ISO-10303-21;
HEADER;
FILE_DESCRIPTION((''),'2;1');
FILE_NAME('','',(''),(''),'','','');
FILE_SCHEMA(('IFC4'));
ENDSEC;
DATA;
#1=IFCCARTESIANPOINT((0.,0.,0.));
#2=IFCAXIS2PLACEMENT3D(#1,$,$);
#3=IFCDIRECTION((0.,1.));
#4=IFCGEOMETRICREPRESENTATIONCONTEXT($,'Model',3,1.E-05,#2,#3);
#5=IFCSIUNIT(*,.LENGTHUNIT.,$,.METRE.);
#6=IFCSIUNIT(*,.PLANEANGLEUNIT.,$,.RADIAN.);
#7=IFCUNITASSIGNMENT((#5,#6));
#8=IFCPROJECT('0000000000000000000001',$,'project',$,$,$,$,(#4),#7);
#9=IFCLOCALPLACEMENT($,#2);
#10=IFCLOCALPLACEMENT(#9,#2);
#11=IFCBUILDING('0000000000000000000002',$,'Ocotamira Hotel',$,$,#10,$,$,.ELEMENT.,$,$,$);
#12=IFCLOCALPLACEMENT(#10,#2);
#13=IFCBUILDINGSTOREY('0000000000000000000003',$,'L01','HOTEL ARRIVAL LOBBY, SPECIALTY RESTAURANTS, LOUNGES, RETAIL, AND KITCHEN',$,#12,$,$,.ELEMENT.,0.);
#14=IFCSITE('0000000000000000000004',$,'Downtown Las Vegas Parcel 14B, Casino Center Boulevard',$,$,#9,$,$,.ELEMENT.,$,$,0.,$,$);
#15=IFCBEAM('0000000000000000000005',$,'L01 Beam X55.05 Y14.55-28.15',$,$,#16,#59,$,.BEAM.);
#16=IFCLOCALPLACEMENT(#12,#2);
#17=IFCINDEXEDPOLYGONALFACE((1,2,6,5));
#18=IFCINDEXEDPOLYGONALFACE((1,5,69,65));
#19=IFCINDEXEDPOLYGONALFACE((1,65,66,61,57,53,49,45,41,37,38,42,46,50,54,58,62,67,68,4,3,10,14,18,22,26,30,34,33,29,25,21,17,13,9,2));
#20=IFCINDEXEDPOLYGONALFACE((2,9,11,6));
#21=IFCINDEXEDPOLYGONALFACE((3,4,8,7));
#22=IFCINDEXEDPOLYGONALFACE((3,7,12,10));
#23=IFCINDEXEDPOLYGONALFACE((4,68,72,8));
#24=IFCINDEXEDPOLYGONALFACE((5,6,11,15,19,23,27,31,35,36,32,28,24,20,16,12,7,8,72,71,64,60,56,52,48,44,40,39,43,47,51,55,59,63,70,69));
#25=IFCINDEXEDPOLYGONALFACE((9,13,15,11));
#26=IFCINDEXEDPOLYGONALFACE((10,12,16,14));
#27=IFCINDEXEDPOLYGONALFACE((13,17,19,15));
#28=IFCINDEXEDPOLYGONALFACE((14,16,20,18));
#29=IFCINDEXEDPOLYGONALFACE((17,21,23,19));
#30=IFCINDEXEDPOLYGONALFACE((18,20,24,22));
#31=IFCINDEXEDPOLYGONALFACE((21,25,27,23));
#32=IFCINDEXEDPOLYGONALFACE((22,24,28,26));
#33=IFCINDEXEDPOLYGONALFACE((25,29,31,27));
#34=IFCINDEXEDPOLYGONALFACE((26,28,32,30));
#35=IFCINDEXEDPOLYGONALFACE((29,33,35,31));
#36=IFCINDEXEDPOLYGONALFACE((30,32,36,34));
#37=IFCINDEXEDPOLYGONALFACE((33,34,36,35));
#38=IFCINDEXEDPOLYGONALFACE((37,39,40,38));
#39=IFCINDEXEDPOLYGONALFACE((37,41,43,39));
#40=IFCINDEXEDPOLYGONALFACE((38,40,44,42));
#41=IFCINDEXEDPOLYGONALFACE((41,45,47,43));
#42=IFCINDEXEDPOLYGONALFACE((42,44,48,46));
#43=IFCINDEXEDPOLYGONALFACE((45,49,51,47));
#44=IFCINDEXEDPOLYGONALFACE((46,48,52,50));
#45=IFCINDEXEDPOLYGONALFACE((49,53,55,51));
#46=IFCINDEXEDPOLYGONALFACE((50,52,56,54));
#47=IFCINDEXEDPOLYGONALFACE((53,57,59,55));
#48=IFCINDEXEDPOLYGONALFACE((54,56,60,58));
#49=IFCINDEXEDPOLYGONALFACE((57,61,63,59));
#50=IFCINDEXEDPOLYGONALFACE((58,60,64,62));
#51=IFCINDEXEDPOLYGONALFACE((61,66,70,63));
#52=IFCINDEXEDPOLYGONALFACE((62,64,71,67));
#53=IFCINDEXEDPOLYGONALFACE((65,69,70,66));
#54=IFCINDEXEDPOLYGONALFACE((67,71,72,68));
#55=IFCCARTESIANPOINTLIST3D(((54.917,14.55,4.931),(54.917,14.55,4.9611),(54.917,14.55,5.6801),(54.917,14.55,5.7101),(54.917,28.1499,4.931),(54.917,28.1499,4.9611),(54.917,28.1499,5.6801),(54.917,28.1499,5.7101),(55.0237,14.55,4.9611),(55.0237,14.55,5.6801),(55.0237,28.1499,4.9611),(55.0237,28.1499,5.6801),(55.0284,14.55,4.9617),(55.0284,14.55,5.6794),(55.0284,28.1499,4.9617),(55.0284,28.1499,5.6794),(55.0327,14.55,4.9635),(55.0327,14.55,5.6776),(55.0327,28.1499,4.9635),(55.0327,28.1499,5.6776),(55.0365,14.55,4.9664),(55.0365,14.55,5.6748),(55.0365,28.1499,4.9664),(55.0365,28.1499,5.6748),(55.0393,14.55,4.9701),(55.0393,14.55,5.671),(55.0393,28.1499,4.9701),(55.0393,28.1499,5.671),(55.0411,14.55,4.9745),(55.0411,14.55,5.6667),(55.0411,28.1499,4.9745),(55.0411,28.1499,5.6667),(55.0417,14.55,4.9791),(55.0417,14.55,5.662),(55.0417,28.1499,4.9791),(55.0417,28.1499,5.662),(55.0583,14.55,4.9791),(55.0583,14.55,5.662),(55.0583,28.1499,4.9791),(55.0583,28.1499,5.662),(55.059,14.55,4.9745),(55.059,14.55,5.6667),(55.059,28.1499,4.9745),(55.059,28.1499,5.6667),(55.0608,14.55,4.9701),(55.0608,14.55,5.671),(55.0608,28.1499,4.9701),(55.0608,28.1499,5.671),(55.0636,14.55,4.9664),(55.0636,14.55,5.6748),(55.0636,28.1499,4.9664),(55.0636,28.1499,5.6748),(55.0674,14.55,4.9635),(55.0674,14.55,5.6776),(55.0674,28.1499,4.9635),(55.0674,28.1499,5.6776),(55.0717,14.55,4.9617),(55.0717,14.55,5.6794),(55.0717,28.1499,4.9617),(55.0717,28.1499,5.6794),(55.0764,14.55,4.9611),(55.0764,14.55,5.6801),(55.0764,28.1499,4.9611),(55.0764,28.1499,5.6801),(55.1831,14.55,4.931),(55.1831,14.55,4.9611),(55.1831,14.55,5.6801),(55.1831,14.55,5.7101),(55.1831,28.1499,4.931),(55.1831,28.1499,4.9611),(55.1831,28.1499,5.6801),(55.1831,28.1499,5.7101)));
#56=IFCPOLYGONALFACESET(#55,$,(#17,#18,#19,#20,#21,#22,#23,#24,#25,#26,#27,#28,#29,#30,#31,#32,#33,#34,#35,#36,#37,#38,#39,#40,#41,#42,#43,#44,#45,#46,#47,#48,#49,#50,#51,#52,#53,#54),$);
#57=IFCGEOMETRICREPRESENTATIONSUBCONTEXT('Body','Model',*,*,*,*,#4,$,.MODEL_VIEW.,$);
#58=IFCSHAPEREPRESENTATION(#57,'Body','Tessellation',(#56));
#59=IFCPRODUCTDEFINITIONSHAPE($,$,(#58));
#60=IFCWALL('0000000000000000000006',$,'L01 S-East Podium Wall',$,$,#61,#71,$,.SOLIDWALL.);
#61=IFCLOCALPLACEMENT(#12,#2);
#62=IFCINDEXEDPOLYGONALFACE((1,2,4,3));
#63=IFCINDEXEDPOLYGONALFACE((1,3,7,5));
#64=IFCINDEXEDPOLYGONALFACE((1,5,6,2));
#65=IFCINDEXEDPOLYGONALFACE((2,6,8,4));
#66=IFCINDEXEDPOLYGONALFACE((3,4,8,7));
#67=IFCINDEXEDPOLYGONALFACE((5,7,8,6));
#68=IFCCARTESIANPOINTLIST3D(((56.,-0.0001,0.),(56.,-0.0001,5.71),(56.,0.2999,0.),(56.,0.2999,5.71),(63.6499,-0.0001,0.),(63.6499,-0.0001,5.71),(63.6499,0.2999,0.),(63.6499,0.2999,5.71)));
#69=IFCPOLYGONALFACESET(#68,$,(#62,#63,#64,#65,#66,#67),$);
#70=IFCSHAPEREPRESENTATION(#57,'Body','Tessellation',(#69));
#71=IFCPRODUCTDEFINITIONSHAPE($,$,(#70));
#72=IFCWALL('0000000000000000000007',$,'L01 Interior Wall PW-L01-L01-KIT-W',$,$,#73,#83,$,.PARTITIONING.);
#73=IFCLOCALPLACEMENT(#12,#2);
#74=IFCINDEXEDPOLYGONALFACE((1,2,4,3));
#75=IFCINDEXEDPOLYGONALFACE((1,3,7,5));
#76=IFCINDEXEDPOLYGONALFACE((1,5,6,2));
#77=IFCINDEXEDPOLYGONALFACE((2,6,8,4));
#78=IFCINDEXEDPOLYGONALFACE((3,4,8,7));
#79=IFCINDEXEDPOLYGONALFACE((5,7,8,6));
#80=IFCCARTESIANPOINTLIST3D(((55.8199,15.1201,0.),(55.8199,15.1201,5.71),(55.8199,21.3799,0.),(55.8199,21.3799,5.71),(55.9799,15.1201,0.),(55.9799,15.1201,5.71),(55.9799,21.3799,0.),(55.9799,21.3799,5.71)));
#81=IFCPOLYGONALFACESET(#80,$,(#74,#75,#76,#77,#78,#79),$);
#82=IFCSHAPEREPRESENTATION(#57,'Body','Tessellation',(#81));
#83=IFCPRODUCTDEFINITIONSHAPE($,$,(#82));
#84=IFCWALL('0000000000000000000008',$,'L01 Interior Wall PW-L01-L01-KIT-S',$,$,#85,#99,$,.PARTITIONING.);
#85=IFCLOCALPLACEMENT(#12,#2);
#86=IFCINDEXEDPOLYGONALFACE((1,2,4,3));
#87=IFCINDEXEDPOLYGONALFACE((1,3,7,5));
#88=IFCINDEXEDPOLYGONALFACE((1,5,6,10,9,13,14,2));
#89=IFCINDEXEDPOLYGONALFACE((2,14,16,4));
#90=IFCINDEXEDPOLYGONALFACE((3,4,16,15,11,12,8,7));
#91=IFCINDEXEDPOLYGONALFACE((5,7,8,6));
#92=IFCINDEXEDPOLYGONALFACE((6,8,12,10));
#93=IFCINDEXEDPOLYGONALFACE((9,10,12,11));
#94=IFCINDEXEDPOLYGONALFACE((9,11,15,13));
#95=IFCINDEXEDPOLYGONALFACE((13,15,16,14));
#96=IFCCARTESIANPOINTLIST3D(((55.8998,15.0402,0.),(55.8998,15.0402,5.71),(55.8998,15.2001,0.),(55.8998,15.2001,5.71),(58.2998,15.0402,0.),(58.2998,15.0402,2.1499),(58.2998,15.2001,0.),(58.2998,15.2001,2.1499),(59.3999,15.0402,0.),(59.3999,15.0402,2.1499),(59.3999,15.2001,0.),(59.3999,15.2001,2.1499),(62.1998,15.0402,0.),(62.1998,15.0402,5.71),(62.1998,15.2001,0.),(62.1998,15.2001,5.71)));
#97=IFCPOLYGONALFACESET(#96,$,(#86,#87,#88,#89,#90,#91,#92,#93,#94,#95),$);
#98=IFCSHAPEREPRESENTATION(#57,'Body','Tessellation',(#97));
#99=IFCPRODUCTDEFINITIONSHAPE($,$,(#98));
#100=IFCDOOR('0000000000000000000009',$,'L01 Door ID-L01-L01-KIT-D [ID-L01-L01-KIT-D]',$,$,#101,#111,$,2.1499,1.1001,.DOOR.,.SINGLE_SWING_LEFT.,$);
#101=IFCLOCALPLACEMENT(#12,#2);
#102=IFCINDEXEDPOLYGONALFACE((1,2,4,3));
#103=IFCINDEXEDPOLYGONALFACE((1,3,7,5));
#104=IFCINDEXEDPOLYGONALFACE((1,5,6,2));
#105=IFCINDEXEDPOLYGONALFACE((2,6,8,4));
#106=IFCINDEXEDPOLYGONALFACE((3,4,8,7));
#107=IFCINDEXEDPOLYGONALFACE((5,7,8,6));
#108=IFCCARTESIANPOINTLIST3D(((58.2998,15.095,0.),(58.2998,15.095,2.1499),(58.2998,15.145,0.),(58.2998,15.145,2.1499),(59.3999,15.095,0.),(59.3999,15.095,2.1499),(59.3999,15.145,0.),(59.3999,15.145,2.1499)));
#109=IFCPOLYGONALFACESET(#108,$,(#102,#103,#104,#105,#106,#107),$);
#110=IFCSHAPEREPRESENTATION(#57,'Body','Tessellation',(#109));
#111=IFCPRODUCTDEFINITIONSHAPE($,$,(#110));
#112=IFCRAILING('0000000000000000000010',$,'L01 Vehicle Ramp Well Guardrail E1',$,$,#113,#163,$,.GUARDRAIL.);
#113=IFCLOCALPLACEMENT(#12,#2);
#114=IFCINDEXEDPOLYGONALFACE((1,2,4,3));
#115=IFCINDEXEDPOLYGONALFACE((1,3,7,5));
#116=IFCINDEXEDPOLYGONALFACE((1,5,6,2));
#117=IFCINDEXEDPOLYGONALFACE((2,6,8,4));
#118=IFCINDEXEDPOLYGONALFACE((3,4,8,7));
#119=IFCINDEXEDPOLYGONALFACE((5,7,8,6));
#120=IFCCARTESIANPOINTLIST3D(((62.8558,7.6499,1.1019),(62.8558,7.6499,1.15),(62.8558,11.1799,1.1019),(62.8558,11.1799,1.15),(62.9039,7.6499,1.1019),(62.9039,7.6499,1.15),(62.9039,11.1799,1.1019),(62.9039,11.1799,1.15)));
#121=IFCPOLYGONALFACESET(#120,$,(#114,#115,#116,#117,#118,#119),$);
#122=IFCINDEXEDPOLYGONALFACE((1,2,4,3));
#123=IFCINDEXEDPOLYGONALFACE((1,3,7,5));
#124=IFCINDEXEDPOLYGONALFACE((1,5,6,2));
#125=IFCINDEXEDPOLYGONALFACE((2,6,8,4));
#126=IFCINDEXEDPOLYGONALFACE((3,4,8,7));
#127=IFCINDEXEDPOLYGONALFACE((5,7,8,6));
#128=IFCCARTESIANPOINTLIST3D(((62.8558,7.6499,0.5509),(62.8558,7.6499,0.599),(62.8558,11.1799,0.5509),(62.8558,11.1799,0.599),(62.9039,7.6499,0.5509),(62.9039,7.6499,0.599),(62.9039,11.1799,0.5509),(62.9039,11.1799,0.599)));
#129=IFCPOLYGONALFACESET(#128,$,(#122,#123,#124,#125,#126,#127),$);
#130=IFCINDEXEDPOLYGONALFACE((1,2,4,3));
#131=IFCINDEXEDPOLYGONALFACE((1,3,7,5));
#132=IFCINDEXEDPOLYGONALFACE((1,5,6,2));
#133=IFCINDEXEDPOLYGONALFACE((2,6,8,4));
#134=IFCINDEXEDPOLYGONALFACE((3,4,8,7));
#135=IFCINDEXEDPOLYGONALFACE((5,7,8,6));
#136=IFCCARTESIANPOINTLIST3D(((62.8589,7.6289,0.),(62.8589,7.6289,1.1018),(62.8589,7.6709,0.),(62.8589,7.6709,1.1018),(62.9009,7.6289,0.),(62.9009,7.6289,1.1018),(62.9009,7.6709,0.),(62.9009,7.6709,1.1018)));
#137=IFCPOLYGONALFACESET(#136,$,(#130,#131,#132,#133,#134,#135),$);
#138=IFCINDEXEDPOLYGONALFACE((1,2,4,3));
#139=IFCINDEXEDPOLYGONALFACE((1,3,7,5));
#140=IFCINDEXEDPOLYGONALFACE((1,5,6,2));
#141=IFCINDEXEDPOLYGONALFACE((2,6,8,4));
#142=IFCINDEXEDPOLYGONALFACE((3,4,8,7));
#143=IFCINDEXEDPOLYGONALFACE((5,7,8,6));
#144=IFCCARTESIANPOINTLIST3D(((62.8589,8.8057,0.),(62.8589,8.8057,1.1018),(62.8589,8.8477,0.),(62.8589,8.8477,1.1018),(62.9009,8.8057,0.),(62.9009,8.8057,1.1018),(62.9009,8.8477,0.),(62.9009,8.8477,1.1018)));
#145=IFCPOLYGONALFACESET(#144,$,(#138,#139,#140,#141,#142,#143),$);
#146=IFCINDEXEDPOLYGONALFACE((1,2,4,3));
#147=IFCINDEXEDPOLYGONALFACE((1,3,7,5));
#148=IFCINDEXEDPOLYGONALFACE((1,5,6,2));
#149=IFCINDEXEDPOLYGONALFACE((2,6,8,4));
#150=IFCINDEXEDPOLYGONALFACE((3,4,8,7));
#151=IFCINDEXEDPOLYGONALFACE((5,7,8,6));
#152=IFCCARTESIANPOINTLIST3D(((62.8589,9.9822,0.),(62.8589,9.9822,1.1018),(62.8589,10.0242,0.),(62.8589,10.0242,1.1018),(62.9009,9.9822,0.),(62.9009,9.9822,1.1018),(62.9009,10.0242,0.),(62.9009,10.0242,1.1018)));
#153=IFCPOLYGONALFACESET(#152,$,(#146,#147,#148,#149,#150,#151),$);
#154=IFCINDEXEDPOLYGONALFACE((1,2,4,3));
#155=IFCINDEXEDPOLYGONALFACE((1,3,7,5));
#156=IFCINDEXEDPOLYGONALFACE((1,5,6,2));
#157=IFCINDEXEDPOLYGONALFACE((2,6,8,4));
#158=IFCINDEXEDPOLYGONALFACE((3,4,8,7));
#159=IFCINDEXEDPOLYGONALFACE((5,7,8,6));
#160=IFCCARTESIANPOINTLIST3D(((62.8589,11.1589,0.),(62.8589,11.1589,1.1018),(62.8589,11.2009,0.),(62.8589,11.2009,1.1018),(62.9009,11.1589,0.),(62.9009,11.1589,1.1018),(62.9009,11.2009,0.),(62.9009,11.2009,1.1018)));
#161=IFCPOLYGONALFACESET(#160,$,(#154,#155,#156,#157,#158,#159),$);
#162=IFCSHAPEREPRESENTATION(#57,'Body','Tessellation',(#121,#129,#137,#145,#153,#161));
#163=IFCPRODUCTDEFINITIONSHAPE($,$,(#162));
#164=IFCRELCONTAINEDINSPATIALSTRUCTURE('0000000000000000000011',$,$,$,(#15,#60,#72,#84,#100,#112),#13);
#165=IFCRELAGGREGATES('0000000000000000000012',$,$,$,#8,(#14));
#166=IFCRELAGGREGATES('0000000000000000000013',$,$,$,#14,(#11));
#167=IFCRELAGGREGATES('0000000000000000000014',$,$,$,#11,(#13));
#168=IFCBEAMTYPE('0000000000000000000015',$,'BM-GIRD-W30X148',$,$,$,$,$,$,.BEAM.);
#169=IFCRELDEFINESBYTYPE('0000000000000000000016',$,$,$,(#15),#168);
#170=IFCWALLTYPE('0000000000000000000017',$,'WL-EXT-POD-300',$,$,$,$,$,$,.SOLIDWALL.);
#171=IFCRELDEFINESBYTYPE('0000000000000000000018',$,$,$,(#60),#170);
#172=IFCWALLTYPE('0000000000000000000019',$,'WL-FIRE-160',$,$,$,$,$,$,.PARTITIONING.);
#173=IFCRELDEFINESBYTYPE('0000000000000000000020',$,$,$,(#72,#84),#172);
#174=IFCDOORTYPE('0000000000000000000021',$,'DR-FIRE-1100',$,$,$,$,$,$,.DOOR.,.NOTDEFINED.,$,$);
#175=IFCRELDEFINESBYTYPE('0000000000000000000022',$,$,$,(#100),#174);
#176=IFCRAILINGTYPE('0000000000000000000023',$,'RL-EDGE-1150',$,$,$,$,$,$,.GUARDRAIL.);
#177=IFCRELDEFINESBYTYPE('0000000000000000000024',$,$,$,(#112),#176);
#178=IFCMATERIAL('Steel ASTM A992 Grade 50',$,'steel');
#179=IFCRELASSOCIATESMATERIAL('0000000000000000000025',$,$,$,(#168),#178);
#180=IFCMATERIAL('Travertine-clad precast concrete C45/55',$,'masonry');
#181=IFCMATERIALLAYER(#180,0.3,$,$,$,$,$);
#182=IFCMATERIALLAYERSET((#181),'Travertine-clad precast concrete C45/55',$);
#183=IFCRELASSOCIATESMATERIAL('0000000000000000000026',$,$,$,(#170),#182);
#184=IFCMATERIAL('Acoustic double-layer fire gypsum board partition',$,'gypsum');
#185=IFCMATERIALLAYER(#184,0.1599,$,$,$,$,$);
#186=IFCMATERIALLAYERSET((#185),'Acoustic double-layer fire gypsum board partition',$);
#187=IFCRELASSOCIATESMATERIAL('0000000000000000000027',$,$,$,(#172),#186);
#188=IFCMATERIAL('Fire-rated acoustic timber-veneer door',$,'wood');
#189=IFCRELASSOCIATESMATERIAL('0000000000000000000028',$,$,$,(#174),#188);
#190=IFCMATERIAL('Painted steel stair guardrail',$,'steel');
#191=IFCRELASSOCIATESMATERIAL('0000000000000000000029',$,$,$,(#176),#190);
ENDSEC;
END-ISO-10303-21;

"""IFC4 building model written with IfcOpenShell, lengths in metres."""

from ifc_helpers import new_model, si_unit, direction, frame, frame_2d, origin, origin_2d, place, context, subcontext, project, spatial, rectangle, i_section, extrude, source, transform, mapped, material, layer, layer_set, material_profile, profile_set, type_object, element, fill, save


model = new_model("IFC4")

# Units and contexts
model_context = context("Model", 3, precision=1e-05, world=origin(), true_north=direction((0.0, 1.0)))
body_context = subcontext(model_context, "Body", "Model", "MODEL_VIEW")
ifc_project = project(units=[si_unit("LENGTHUNIT", "METRE"), si_unit("PLANEANGLEUNIT", "RADIAN")], contexts=[model_context])

# Site, building, storey
site_placement = place(None, origin())
site = spatial("IfcSite", under=ifc_project, at=site_placement, Name="Downtown Las Vegas Parcel 14B, Casino Center Boulevard", CompositionType="ELEMENT", RefElevation=0.0)
building_placement = place(site_placement, origin())
building = spatial("IfcBuilding", under=site, at=building_placement, Name="Ocotamira Hotel", CompositionType="ELEMENT")
storey_placement = place(building_placement, origin())
storey = spatial("IfcBuildingStorey", under=building, at=storey_placement, Name="L01", Description="HOTEL ARRIVAL LOBBY, SPECIALTY RESTAURANTS, LOUNGES, RETAIL, AND KITCHEN", CompositionType="ELEMENT", Elevation=0.0)

# Beam
ifc_material_1 = material(Name="Steel ASTM A992 Grade 50", Category="steel")
ifc_material_profile_1 = material_profile(ifc_material_1, i_section(OverallWidth=0.2661, OverallDepth=0.7791, WebThickness=0.0166, FlangeThickness=0.03, FilletRadius=0.0181, at=origin_2d()), Name="W30X148")
ifc_profile_set_1 = profile_set([ifc_material_profile_1], Name="Steel ASTM A992 Grade 50")
beam_type = type_object("IfcBeamType", Name="BM-GIRD-W30X148", PredefinedType="BEAM", material=ifc_profile_set_1)
shared_shape_1 = source(origin(), body_context, "Body", "SweptSolid", [
    extrude(i_section(OverallWidth=0.2661, OverallDepth=0.7791, WebThickness=0.0166, FlangeThickness=0.03, FilletRadius=0.0181, at=origin_2d()), origin(), (0.0, 0.0, 1.0), 13.5999),
])
beam_1_placement = place(storey_placement, frame((55.05, 14.55, 5.3206), z_axis=(0.0, 1.0, 0.0), x_axis=(-1.0, 0.0, 0.0)))
element("IfcBeam", 1, at=beam_1_placement, inside=storey, type_object=beam_type, Name="L01 Beam X55.05 Y14.55-28.15", PredefinedType="BEAM", context=body_context, shape_type="MappedRepresentation", body=[
    mapped(shared_shape_1, transform((0.0, 0.0, 0.0), scale=1.0)),
])

# Walls
ifc_material_2 = material(Name="Travertine-clad precast concrete C45/55", Category="masonry")
ifc_layer_1 = layer(ifc_material_2, 0.3)
ifc_layer_set_1 = layer_set([ifc_layer_1], Name="Travertine-clad precast concrete C45/55")
wall_type_1 = type_object("IfcWallType", Name="WL-EXT-POD-300", PredefinedType="SOLIDWALL", material=ifc_layer_set_1)
wall_1_placement = place(storey_placement, frame((63.6499, 0.1499, 0.0), z_axis=(0.0, 0.0, 1.0), x_axis=(-1.0, 0.0, 0.0)))
element("IfcWall", 2, at=wall_1_placement, inside=storey, type_object=wall_type_1, Name="L01 S-East Podium Wall", PredefinedType="SOLIDWALL", context=body_context, shape_type="SweptSolid", body=[
    extrude(rectangle(XDim=7.6499, YDim=0.3, at=frame_2d((3.825, 0.0))), origin(), (0.0, 0.0, 1.0), 5.71),
])
ifc_material_3 = material(Name="Acoustic double-layer fire gypsum board partition", Category="gypsum")
ifc_layer_2 = layer(ifc_material_3, 0.1599)
ifc_layer_set_2 = layer_set([ifc_layer_2], Name="Acoustic double-layer fire gypsum board partition")
wall_type_2 = type_object("IfcWallType", Name="WL-FIRE-160", PredefinedType="PARTITIONING", material=ifc_layer_set_2)
wall_2_placement = place(storey_placement, frame((55.8999, 15.1201, 0.0), z_axis=(0.0, 0.0, 1.0), x_axis=(0.0, 1.0, 0.0)))
element("IfcWall", 3, at=wall_2_placement, inside=storey, type_object=wall_type_2, Name="L01 Interior Wall PW-L01-L01-KIT-W", PredefinedType="PARTITIONING", context=body_context, shape_type="SweptSolid", body=[
    extrude(rectangle(XDim=6.2598, YDim=0.1599, at=frame_2d((3.1299, 0.0))), origin(), (0.0, 0.0, 1.0), 5.71),
])

# Wall, opening, door
wall_3_placement = place(storey_placement, frame((55.8999, 15.1201, 0.0), z_axis=(0.0, 0.0, 1.0), x_axis=(1.0, 0.0, 0.0)))
wall_3 = element("IfcWall", 4, at=wall_3_placement, inside=storey, type_object=wall_type_2, Name="L01 Interior Wall PW-L01-L01-KIT-S", PredefinedType="PARTITIONING", context=body_context, shape_type="SweptSolid", body=[
    extrude(rectangle(XDim=6.3, YDim=0.1599, at=frame_2d((3.1499, 0.0))), origin(), (0.0, 0.0, 1.0), 5.71),
])
opening_placement = place(wall_3_placement, frame((2.3999, 0.0, 0.0)))
opening = element("IfcOpeningElement", 5, at=opening_placement, cuts=wall_3, PredefinedType="OPENING", context=body_context, shape_type="SweptSolid", body=[
    extrude(rectangle(XDim=1.1001, YDim=2.1499, at=frame_2d((0.55, 1.075))), frame((0.0, 0.0898, 0.0), z_axis=(0.0, -1.0, 0.0), x_axis=(1.0, 0.0, 0.0)), (0.0, 0.0, 1.0), 0.1799),
])
ifc_material_4 = material(Name="Fire-rated acoustic timber-veneer door", Category="wood")
door_type = type_object("IfcDoorType", Name="DR-FIRE-1100", OperationType="NOTDEFINED", PredefinedType="DOOR", material=ifc_material_4)
shared_shape_2 = source(origin(), body_context, "Body", "SweptSolid", [
    extrude(rectangle(XDim=1.1001, YDim=2.1499, at=frame_2d((0.55, 1.075))), frame((0.0, 0.0249, 0.0), z_axis=(0.0, -1.0, 0.0), x_axis=(1.0, 0.0, 0.0)), (0.0, 0.0, 1.0), 0.05),
])
door_placement = place(opening_placement, origin())
door = element("IfcDoor", 6, at=door_placement, inside=storey, type_object=door_type, Name="L01 Door ID-L01-L01-KIT-D [ID-L01-L01-KIT-D]", OperationType="SINGLE_SWING_LEFT", OverallHeight=2.1499, OverallWidth=1.1001, PredefinedType="DOOR", context=body_context, shape_type="MappedRepresentation", body=[
    mapped(shared_shape_2, transform((0.0, 0.0, 0.0), scale=1.0)),
])
fill(opening, door)

# Railing
ifc_material_5 = material(Name="Painted steel stair guardrail", Category="steel")
railing_type = type_object("IfcRailingType", Name="RL-EDGE-1150", PredefinedType="GUARDRAIL", material=ifc_material_5)
railing_1_placement = place(storey_placement, frame((62.8799, 7.6499, 0.0)))
element("IfcRailing", 7, at=railing_1_placement, inside=storey, type_object=railing_type, Name="L01 Vehicle Ramp Well Guardrail E1", PredefinedType="GUARDRAIL", context=body_context, shape_type="SweptSolid", body=[
    extrude(rectangle(XDim=0.0481, YDim=0.0481, at=origin_2d()), frame((0.0, 0.0, 1.126), z_axis=(0.0, 1.0, 0.0), x_axis=(-1.0, 0.0, 0.0)), (0.0, 0.0, 1.0), 3.53),
    extrude(rectangle(XDim=0.0481, YDim=0.0481, at=origin_2d()), frame((0.0, 0.0, 0.575), z_axis=(0.0, 1.0, 0.0), x_axis=(-1.0, 0.0, 0.0)), (0.0, 0.0, 1.0), 3.53),
    extrude(rectangle(XDim=0.042, YDim=0.042, at=origin_2d()), origin(), (0.0, 0.0, 1.0), 1.1018),
    extrude(rectangle(XDim=0.042, YDim=0.042, at=origin_2d()), frame((0.0, 1.1768, 0.0)), (0.0, 0.0, 1.0), 1.1018),
    extrude(rectangle(XDim=0.042, YDim=0.042, at=origin_2d()), frame((0.0, 2.3533, 0.0)), (0.0, 0.0, 1.0), 1.1018),
    extrude(rectangle(XDim=0.042, YDim=0.042, at=origin_2d()), frame((0.0, 3.53, 0.0)), (0.0, 0.0, 1.0), 1.1018),
])

save(model, "model.ifc")
